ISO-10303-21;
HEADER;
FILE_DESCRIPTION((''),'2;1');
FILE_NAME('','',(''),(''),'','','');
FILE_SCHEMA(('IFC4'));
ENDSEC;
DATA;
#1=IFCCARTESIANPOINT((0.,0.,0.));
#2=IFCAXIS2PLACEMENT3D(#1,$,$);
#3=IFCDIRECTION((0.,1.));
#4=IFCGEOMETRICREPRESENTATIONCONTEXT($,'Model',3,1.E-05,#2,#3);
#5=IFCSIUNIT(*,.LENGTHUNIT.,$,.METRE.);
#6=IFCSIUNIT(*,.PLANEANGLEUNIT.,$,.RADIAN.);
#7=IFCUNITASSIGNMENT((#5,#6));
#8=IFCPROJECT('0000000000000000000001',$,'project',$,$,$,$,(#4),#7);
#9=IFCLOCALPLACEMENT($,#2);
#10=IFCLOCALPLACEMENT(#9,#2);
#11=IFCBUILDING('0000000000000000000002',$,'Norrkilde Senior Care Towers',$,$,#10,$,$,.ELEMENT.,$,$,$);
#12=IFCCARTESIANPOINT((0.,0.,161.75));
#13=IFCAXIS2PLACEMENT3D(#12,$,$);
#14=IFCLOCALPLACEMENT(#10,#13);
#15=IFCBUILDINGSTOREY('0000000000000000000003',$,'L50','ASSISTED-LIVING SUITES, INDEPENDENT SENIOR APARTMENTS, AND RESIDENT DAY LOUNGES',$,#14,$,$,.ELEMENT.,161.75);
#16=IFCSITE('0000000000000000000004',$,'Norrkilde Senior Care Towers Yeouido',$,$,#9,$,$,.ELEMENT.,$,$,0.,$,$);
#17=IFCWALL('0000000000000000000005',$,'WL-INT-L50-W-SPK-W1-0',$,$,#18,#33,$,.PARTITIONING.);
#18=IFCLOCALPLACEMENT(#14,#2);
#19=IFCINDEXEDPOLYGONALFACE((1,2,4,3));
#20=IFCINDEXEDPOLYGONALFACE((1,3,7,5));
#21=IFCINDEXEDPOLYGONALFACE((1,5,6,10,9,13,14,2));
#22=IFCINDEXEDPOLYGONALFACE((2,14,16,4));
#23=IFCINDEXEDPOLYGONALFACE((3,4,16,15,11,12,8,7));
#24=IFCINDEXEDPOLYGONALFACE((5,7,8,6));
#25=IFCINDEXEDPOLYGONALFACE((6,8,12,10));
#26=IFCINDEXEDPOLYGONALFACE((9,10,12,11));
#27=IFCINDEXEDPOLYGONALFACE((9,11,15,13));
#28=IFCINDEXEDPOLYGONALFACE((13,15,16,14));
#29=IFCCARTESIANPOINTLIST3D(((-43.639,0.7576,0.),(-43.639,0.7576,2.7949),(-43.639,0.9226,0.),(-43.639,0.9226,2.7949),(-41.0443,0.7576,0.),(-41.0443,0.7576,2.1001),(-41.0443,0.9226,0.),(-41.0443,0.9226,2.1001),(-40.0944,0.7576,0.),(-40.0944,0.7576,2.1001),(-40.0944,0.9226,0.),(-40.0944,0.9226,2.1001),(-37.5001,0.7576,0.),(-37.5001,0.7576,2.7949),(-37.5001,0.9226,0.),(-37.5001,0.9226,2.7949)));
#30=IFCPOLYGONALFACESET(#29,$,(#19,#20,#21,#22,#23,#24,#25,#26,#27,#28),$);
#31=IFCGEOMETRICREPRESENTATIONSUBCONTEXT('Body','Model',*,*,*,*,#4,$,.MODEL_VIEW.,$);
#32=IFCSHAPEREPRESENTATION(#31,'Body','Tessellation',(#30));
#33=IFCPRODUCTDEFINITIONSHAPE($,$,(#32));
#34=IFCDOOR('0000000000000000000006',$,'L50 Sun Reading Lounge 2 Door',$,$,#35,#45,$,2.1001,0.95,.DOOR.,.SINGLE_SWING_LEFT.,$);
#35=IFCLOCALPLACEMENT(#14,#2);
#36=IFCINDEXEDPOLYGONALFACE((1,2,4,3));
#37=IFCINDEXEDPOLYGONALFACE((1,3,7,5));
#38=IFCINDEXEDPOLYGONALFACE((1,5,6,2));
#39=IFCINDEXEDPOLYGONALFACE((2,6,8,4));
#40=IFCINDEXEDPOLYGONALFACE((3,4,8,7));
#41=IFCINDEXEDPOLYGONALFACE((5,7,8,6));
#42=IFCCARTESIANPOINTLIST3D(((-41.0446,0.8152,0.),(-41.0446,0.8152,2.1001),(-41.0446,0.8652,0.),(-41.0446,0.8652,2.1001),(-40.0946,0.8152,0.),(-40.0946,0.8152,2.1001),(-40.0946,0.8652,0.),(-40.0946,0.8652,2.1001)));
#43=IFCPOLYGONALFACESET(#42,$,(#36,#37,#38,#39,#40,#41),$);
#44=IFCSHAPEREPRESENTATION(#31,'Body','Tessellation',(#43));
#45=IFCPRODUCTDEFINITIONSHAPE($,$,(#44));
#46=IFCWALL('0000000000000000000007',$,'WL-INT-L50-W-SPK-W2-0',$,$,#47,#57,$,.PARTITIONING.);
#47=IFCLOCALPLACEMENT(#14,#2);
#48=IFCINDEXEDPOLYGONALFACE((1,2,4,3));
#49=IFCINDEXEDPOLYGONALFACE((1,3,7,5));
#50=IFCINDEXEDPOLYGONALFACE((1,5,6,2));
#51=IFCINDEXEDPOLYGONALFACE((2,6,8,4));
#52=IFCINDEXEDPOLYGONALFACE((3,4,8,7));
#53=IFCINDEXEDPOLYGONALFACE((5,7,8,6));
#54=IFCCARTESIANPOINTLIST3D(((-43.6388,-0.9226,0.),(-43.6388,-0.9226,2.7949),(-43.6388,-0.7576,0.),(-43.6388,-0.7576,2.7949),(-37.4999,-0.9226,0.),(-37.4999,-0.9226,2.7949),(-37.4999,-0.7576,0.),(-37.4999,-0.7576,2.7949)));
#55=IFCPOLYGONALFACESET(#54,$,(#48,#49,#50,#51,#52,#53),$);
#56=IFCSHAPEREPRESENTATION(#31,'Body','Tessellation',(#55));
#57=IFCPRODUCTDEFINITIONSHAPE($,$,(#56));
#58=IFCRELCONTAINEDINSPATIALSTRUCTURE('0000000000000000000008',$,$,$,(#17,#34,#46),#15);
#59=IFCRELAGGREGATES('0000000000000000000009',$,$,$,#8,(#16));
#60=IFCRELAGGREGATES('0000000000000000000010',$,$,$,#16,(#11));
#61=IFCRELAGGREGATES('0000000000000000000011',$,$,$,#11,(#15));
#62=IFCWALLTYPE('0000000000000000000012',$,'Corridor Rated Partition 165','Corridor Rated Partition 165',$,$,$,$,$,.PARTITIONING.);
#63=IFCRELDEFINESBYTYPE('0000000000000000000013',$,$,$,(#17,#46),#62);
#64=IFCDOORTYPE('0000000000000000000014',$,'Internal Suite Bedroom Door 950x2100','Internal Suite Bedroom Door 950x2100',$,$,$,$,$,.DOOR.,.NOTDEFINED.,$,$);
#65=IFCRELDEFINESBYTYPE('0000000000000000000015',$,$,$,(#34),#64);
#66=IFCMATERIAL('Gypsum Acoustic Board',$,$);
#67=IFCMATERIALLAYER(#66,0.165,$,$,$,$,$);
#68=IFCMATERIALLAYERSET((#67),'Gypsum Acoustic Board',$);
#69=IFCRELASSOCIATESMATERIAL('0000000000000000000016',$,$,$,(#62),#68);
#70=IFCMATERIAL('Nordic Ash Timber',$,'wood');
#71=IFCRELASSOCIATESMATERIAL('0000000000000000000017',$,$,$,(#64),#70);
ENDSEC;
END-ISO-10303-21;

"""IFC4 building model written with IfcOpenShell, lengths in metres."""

from ifc_helpers import new_model, si_unit, direction, frame, frame_2d, origin, place, context, subcontext, project, spatial, rectangle, extrude, source, transform, mapped, material, layer, layer_set, type_object, type_shapes, element, fill, save


model = new_model("IFC4")

# Units and contexts
model_context = context("Model", 3, precision=1e-05, world=origin(), true_north=direction((0.0, 1.0)))
body_context = subcontext(model_context, "Body", "Model", "MODEL_VIEW")
ifc_project = project(units=[si_unit("LENGTHUNIT", "METRE"), si_unit("PLANEANGLEUNIT", "RADIAN")], contexts=[model_context])

# Site, building, storey
site_placement = place(None, origin())
site = spatial("IfcSite", under=ifc_project, at=site_placement, Name="Norrkilde Senior Care Towers Yeouido", CompositionType="ELEMENT", RefElevation=0.0)
building_placement = place(site_placement, origin())
building = spatial("IfcBuilding", under=site, at=building_placement, Name="Norrkilde Senior Care Towers", CompositionType="ELEMENT")
storey_placement = place(building_placement, frame((0.0, 0.0, 161.75)))
storey = spatial("IfcBuildingStorey", under=building, at=storey_placement, Name="L50", Description="ASSISTED-LIVING SUITES, INDEPENDENT SENIOR APARTMENTS, AND RESIDENT DAY LOUNGES", CompositionType="ELEMENT", Elevation=161.75)

# Shared definitions
ifc_material_1 = material(Name="Gypsum Acoustic Board")
ifc_layer_1 = layer(ifc_material_1, 0.165)
ifc_layer_set_1 = layer_set([ifc_layer_1], Name="Gypsum Acoustic Board")
wall_type_1 = type_object("IfcWallType", Name="Corridor Rated Partition 165", Description="Corridor Rated Partition 165", PredefinedType="PARTITIONING", material=ifc_layer_set_1)

# Wall, opening, door
ifc_material_2 = material(Name="Nordic Ash Timber", Category="wood")
shared_shape_1 = source(origin(), body_context, "Body", "SweptSolid", [
    extrude(rectangle(XDim=6.1389, YDim=0.165, at=frame_2d((3.0693, 0.0))), origin(), (0.0, 0.0, 1.0), 2.7949),
])
wall_1_placement = place(storey_placement, frame((-43.6389, 0.8401, 0.0), z_axis=(0.0, 0.0, 1.0), x_axis=(1.0, 0.0, 0.0)))
wall_1 = element("IfcWall", 1, at=wall_1_placement, inside=storey, type_object=wall_type_1, Name="WL-INT-L50-W-SPK-W1-0", PredefinedType="PARTITIONING", context=body_context, shape_type="MappedRepresentation", body=[
    mapped(shared_shape_1, transform((0.0, 0.0, 0.0), x_axis=(1.0, 0.0, 0.0), y_axis=(0.0, 1.0, 0.0), z_axis=(0.0, 0.0, 1.0), scale=1.0)),
])
opening_1_placement = place(wall_1_placement, frame((2.5945, 0.0, 0.0)))
opening_1 = element("IfcOpeningElement", 2, at=opening_1_placement, cuts=wall_1, PredefinedType="OPENING", context=body_context, shape_type="SweptSolid", body=[
    extrude(rectangle(XDim=0.95, YDim=2.1001, at=frame_2d((0.4751, 1.05))), frame((0.0, 0.0925, 0.0), z_axis=(0.0, -1.0, 0.0), x_axis=(1.0, 0.0, 0.0)), (0.0, 0.0, 1.0), 0.1851),
])
door_type_1 = type_object("IfcDoorType", Name="Internal Suite Bedroom Door 950x2100", Description="Internal Suite Bedroom Door 950x2100", OperationType="NOTDEFINED", PredefinedType="DOOR", material=ifc_material_2)
shared_shape_2 = source(origin(), body_context, "Body", "SweptSolid", [
    extrude(rectangle(XDim=0.95, YDim=2.1001, at=frame_2d((0.4751, 1.05))), frame((0.0, 0.0249, 0.0), z_axis=(0.0, -1.0, 0.0), x_axis=(1.0, 0.0, 0.0)), (0.0, 0.0, 1.0), 0.05),
])
type_shapes(door_type_1, [shared_shape_2])
door_1_placement = place(opening_1_placement, frame((0.95, 0.0, 0.0), z_axis=(0.0, 0.0, 1.0), x_axis=(-1.0, 0.0, 0.0)))
door_1 = element("IfcDoor", 3, at=door_1_placement, inside=storey, type_object=door_type_1, Name="L50 Sun Reading Lounge 2 Door", OperationType="SINGLE_SWING_LEFT", OverallHeight=2.1001, OverallWidth=0.95, PredefinedType="DOOR", context=body_context, shape_type="MappedRepresentation", body=[
    mapped(shared_shape_2, transform((0.0, 0.0, 0.0), x_axis=(1.0, 0.0, 0.0), y_axis=(0.0, 1.0, 0.0), z_axis=(0.0, 0.0, 1.0), scale=1.0)),
])
fill(opening_1, door_1)

# Wall
wall_2_placement = place(storey_placement, frame((-37.5, -0.8401, 0.0), z_axis=(0.0, 0.0, 1.0), x_axis=(-1.0, 0.0, 0.0)))
element("IfcWall", 4, at=wall_2_placement, inside=storey, type_object=wall_type_1, Name="WL-INT-L50-W-SPK-W2-0", PredefinedType="PARTITIONING", context=body_context, shape_type="MappedRepresentation", body=[
    mapped(shared_shape_1, transform((0.0, 0.0, 0.0), x_axis=(1.0, 0.0, 0.0), y_axis=(0.0, 1.0, 0.0), z_axis=(0.0, 0.0, 1.0), scale=1.0)),
])

save(model, "model.ifc")
